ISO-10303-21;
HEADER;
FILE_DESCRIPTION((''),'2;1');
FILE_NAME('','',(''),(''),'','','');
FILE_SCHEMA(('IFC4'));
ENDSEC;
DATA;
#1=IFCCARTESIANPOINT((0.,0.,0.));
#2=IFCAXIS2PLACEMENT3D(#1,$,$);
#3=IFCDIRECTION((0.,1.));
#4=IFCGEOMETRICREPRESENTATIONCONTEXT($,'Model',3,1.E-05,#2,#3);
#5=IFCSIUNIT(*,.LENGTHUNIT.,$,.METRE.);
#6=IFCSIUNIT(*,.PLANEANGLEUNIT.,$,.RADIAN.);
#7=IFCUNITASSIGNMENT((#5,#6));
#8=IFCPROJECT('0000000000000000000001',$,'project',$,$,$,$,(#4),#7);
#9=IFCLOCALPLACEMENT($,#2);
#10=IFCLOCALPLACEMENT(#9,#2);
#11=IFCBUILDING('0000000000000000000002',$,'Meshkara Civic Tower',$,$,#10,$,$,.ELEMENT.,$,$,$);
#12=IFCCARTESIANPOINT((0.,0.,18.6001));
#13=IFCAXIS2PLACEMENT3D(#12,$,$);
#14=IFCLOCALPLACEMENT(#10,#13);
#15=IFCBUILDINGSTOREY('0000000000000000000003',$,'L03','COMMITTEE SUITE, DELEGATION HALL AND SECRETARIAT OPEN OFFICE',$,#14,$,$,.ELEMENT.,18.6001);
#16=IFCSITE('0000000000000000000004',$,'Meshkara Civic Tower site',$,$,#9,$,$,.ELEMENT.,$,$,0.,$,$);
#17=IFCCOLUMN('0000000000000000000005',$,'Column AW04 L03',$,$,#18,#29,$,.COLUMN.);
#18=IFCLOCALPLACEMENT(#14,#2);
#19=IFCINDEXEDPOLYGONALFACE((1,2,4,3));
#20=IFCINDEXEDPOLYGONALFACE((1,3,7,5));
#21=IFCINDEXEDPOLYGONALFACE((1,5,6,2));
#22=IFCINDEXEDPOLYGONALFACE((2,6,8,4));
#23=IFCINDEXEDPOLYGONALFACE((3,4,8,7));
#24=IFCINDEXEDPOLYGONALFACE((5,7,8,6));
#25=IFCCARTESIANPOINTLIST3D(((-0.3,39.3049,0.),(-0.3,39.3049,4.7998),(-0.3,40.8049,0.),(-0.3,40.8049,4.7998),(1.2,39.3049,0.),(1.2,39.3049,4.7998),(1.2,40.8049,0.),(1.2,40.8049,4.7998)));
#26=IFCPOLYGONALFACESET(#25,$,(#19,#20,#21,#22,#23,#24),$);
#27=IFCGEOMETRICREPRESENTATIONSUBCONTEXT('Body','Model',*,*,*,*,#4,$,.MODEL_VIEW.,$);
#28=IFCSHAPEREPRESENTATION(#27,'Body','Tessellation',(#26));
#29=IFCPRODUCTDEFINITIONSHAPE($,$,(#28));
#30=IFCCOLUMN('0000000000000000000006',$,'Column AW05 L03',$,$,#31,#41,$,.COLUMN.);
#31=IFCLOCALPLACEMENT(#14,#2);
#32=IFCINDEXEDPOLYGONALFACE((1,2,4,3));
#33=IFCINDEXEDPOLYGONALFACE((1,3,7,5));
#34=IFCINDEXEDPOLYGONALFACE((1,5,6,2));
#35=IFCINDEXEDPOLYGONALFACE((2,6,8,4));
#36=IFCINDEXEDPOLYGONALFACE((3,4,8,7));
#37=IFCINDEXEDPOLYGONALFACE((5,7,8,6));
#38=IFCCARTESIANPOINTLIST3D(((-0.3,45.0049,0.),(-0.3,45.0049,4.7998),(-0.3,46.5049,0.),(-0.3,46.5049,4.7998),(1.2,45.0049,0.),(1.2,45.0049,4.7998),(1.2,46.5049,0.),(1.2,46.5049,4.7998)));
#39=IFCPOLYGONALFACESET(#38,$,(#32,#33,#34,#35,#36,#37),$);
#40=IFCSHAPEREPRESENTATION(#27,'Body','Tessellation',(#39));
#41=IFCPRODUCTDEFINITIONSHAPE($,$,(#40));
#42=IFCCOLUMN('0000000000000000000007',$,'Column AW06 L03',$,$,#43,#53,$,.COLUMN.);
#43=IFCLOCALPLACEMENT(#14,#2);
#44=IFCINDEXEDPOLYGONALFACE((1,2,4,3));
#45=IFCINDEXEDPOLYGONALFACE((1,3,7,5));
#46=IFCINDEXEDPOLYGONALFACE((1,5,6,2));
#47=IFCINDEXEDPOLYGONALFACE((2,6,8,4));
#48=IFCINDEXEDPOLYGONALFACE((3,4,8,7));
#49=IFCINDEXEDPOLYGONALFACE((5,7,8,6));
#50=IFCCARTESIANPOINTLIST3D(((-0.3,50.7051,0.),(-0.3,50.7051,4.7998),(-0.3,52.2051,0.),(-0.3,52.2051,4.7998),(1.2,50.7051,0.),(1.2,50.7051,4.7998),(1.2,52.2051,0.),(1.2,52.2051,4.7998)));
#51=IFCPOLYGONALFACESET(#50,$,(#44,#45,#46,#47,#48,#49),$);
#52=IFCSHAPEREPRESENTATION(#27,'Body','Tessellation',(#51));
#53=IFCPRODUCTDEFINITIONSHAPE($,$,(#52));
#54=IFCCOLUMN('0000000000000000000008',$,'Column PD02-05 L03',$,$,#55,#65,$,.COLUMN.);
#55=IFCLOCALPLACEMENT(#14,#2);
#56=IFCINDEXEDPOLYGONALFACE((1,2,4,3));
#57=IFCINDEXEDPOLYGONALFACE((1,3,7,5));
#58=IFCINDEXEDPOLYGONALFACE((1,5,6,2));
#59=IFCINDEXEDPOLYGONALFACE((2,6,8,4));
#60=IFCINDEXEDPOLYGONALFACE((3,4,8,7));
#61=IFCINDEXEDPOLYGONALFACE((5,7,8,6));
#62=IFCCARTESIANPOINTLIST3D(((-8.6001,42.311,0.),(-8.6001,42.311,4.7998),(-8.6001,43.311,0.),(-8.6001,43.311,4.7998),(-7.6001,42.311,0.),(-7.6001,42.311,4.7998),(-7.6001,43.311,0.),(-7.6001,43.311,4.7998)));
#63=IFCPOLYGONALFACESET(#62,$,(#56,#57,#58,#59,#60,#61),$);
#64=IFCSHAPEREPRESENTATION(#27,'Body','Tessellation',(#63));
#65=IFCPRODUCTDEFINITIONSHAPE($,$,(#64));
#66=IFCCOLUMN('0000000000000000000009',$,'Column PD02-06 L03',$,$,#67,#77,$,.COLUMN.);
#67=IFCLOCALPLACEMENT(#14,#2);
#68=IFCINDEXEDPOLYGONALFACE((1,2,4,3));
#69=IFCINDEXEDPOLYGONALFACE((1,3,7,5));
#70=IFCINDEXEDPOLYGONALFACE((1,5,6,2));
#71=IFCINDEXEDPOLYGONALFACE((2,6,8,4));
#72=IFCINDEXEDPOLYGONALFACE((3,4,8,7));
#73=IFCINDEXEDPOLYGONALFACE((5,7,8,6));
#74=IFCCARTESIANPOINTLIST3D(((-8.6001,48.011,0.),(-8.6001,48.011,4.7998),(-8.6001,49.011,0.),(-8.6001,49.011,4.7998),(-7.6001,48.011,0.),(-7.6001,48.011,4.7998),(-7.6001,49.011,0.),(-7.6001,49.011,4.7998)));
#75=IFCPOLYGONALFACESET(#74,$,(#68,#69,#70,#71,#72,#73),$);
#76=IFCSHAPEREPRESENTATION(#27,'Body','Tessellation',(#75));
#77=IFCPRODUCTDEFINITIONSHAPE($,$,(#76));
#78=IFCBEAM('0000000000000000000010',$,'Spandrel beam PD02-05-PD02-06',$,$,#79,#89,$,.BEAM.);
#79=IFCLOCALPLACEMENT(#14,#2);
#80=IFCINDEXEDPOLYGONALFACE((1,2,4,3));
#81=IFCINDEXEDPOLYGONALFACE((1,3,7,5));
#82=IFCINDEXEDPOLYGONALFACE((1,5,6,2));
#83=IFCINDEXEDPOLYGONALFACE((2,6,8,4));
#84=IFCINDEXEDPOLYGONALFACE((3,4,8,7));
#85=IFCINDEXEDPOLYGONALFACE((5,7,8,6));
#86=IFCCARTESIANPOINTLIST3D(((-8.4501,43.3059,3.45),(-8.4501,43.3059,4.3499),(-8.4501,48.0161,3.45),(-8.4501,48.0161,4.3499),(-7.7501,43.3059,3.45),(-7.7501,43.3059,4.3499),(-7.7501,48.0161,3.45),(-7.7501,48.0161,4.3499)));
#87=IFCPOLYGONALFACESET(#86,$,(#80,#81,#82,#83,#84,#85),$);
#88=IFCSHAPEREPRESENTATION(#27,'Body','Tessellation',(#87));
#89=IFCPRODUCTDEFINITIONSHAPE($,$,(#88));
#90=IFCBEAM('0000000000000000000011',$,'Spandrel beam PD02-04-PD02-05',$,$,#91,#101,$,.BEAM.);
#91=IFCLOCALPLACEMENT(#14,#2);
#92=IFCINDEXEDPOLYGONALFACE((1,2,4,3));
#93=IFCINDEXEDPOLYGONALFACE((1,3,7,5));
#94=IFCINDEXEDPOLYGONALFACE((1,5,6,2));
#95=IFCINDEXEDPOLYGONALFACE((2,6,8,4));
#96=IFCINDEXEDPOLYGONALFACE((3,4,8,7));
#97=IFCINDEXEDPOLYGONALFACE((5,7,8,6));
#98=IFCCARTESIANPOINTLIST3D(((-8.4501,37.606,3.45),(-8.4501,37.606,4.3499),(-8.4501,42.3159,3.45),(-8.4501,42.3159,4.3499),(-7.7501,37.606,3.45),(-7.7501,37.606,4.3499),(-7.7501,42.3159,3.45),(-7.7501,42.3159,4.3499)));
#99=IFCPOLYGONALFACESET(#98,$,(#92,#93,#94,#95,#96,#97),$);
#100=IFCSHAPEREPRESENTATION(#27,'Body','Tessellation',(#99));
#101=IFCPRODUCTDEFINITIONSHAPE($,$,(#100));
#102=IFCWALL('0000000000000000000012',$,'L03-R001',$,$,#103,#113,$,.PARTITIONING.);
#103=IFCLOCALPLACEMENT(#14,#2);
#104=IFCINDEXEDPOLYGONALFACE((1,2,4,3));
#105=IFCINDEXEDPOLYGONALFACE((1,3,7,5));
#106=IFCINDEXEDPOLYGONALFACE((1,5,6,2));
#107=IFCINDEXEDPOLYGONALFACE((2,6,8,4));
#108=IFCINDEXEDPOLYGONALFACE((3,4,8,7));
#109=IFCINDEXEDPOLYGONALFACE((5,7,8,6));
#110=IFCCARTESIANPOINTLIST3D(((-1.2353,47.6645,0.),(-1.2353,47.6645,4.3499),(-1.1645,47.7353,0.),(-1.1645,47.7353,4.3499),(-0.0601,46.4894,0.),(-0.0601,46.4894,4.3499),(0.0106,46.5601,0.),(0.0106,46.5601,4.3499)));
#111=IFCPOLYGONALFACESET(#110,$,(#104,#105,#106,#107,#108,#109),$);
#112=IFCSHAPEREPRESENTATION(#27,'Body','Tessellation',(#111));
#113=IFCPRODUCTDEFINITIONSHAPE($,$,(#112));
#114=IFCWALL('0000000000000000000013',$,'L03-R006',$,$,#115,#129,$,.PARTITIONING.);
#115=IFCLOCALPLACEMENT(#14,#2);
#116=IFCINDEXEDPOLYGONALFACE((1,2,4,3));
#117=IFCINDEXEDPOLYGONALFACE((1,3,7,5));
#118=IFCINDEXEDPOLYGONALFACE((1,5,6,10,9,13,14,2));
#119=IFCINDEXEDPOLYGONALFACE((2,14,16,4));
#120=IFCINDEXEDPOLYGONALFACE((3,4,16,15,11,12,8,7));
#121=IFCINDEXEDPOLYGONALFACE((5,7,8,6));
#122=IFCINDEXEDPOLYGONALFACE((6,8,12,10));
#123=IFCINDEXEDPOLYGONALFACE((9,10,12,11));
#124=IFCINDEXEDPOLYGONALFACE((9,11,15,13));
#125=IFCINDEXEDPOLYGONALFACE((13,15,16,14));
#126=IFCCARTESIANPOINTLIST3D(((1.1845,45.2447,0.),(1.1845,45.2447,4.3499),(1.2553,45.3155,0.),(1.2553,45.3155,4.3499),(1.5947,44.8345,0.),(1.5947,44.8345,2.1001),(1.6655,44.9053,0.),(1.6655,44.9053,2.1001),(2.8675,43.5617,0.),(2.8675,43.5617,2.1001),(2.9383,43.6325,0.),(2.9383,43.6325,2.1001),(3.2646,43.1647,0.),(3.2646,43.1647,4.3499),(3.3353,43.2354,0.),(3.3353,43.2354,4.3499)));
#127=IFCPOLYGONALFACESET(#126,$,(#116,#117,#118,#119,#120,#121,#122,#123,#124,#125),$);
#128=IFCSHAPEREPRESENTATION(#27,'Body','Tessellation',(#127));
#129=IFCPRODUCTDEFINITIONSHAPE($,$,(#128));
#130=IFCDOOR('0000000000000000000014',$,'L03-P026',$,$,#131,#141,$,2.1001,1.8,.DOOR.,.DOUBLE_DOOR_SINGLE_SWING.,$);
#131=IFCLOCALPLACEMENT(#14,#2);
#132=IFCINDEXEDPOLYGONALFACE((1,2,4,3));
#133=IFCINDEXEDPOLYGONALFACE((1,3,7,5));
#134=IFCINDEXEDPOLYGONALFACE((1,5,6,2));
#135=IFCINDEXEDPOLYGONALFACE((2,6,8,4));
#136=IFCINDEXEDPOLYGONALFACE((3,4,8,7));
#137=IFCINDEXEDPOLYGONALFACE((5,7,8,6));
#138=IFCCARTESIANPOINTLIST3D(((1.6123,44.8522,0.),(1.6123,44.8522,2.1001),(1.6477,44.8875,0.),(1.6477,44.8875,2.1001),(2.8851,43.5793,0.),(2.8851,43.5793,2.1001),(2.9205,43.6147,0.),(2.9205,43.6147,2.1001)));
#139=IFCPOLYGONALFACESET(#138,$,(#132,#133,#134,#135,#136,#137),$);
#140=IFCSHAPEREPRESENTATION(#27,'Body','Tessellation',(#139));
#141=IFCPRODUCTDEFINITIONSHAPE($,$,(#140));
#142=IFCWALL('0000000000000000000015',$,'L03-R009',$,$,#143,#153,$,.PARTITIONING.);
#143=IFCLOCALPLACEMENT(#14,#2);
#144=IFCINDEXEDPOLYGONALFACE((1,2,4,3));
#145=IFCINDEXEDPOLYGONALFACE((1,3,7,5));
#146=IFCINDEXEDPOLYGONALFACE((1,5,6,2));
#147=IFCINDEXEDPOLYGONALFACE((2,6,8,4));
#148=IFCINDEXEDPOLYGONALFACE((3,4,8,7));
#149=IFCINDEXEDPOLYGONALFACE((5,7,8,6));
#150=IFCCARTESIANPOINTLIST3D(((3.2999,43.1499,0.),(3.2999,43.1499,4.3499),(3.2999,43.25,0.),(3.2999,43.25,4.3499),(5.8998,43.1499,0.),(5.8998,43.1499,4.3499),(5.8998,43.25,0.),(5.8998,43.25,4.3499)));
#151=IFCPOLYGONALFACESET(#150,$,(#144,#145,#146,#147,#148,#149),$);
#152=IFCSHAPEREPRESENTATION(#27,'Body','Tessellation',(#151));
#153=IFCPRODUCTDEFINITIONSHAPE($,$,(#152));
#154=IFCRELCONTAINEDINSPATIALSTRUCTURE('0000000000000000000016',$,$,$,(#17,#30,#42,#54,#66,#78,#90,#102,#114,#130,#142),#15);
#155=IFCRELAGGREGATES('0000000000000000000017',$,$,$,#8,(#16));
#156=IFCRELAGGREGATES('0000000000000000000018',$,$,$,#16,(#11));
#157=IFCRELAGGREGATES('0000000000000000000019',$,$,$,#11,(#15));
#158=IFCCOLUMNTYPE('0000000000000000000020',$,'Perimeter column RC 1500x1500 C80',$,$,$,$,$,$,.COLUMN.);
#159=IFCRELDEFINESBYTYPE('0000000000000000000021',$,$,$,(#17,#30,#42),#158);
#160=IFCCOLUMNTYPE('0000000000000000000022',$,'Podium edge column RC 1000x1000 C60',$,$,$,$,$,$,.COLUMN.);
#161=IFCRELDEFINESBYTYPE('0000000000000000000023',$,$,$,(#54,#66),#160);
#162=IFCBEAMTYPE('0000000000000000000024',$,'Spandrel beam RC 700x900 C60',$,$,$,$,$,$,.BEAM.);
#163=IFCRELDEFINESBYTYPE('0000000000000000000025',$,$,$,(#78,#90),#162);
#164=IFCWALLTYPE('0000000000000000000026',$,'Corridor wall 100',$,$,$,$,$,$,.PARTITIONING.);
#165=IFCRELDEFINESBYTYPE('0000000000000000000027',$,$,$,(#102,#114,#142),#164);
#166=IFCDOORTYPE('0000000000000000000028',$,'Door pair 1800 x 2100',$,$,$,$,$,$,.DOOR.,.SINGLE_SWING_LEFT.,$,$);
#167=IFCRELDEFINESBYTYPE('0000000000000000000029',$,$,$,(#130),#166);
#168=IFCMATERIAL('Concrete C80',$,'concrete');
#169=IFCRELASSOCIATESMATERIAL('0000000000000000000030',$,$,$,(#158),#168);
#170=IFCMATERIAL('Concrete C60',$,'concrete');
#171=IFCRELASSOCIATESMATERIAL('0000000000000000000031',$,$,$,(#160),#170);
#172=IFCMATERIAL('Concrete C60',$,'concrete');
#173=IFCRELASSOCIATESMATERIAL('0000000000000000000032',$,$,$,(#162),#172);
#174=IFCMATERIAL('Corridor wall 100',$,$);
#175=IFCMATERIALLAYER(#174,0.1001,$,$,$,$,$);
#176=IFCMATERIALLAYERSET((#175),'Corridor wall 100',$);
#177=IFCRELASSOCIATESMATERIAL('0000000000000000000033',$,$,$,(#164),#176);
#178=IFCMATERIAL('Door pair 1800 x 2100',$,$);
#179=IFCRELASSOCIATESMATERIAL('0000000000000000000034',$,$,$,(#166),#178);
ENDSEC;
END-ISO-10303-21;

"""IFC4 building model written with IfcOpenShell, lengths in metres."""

from ifc_helpers import new_model, si_unit, direction, frame, frame_2d, origin, origin_2d, place, context, subcontext, project, spatial, rectangle, extrude, material, layer, layer_set, material_profile, profile_set, type_object, element, fill, save


model = new_model("IFC4")

# Units and contexts
model_context = context("Model", 3, precision=1e-05, world=origin(), true_north=direction((0.0, 1.0)))
body_context = subcontext(model_context, "Body", "Model", "MODEL_VIEW")
ifc_project = project(units=[si_unit("LENGTHUNIT", "METRE"), si_unit("PLANEANGLEUNIT", "RADIAN")], contexts=[model_context])

# Site, building, storey
site_placement = place(None, origin())
site = spatial("IfcSite", under=ifc_project, at=site_placement, Name="Meshkara Civic Tower site", CompositionType="ELEMENT", RefElevation=0.0)
building_placement = place(site_placement, origin())
building = spatial("IfcBuilding", under=site, at=building_placement, Name="Meshkara Civic Tower", CompositionType="ELEMENT")
storey_placement = place(building_placement, frame((0.0, 0.0, 18.6001)))
storey = spatial("IfcBuildingStorey", under=building, at=storey_placement, Name="L03", Description="COMMITTEE SUITE, DELEGATION HALL AND SECRETARIAT OPEN OFFICE", CompositionType="ELEMENT", Elevation=18.6001)

# Columns
ifc_material_1 = material(Name="Concrete C80", Category="concrete")
ifc_material_profile_1 = material_profile(ifc_material_1, rectangle(XDim=1.5, YDim=1.5, at=origin_2d()))
ifc_profile_set_1 = profile_set([ifc_material_profile_1], Name="Concrete C80")
column_type_1 = type_object("IfcColumnType", Name="Perimeter column RC 1500x1500 C80", PredefinedType="COLUMN", material=ifc_profile_set_1)
for number, where, z_axis, x_axis, name in (
    (1, (0.45, 40.0549, 0.0), (0.0, 0.0, 1.0), (1.0, 0.0, 0.0), "Column AW04 L03"),
    (2, (0.45, 45.7549, 0.0), (0.0, 0.0, 1.0), (1.0, 0.0, 0.0), "Column AW05 L03"),
    (3, (0.45, 51.4551, 0.0), (0.0, 0.0, 1.0), (1.0, 0.0, 0.0), "Column AW06 L03"),
):
    element("IfcColumn", number, at=place(storey_placement, frame(where, z_axis=z_axis, x_axis=x_axis)), inside=storey, type_object=column_type_1, Name=name, PredefinedType="COLUMN", context=body_context, shape_type="SweptSolid", body=[
        extrude(rectangle(XDim=1.5, YDim=1.5, at=origin_2d()), origin(), (0.0, 0.0, 1.0), 4.7998),
    ])
ifc_material_2 = material(Name="Concrete C60", Category="concrete")
ifc_material_profile_2 = material_profile(ifc_material_2, rectangle(XDim=1.0, YDim=1.0, at=origin_2d()))
ifc_profile_set_2 = profile_set([ifc_material_profile_2], Name="Concrete C60")
column_type_2 = type_object("IfcColumnType", Name="Podium edge column RC 1000x1000 C60", PredefinedType="COLUMN", material=ifc_profile_set_2)
for number, where, z_axis, x_axis, name in (
    (4, (-8.1001, 42.811, 0.0), (0.0, 0.0, 1.0), (1.0, 0.0, 0.0), "Column PD02-05 L03"),
    (5, (-8.1001, 48.511, 0.0), (0.0, 0.0, 1.0), (1.0, 0.0, 0.0), "Column PD02-06 L03"),
):
    element("IfcColumn", number, at=place(storey_placement, frame(where, z_axis=z_axis, x_axis=x_axis)), inside=storey, type_object=column_type_2, Name=name, PredefinedType="COLUMN", context=body_context, shape_type="SweptSolid", body=[
        extrude(rectangle(XDim=1.0, YDim=1.0, at=origin_2d()), origin(), (0.0, 0.0, 1.0), 4.7998),
    ])

# Beams
ifc_material_3 = material(Name="Concrete C60", Category="concrete")
ifc_material_profile_3 = material_profile(ifc_material_3, rectangle(XDim=0.7, YDim=0.8999, at=origin_2d()))
ifc_profile_set_3 = profile_set([ifc_material_profile_3], Name="Concrete C60")
beam_type = type_object("IfcBeamType", Name="Spandrel beam RC 700x900 C60", PredefinedType="BEAM", material=ifc_profile_set_3)
beam_1_placement = place(storey_placement, frame((-8.1001, 48.0161, 3.8999), z_axis=(0.0, -1.0, 0.0), x_axis=(1.0, 0.0, 0.0)))
element("IfcBeam", 6, at=beam_1_placement, inside=storey, type_object=beam_type, Name="Spandrel beam PD02-05-PD02-06", PredefinedType="BEAM", context=body_context, shape_type="SweptSolid", body=[
    extrude(rectangle(XDim=0.7, YDim=0.8999, at=origin_2d()), origin(), (0.0, 0.0, 1.0), 4.7102),
])
beam_2_placement = place(storey_placement, frame((-8.1001, 42.3159, 3.8999), z_axis=(0.0, -1.0, 0.0), x_axis=(1.0, 0.0, 0.0)))
element("IfcBeam", 7, at=beam_2_placement, inside=storey, type_object=beam_type, Name="Spandrel beam PD02-04-PD02-05", PredefinedType="BEAM", context=body_context, shape_type="SweptSolid", body=[
    extrude(rectangle(XDim=0.7, YDim=0.8999, at=origin_2d()), origin(), (0.0, 0.0, 1.0), 4.71),
])

# Wall
ifc_material_4 = material(Name="Corridor wall 100")
ifc_layer_1 = layer(ifc_material_4, 0.1001)
ifc_layer_set_1 = layer_set([ifc_layer_1], Name="Corridor wall 100")
wall_type_1 = type_object("IfcWallType", Name="Corridor wall 100", PredefinedType="PARTITIONING", material=ifc_layer_set_1)
wall_1_placement = place(storey_placement, frame((-1.2, 47.7, 0.0), z_axis=(0.0, 0.0, 1.0), x_axis=(0.707107, -0.707107, 0.0)))
element("IfcWall", 8, at=wall_1_placement, inside=storey, type_object=wall_type_1, Name="L03-R001", PredefinedType="PARTITIONING", context=body_context, shape_type="SweptSolid", body=[
    extrude(rectangle(XDim=1.6619, YDim=0.1001, at=frame_2d((0.8311, 0.0))), origin(), (0.0, 0.0, 1.0), 4.3499),
])

# Wall, opening, door
wall_2_placement = place(storey_placement, frame((1.22, 45.28, 0.0), z_axis=(0.0, 0.0, 1.0), x_axis=(0.707107, -0.707107, 0.0)))
wall_2 = element("IfcWall", 9, at=wall_2_placement, inside=storey, type_object=wall_type_1, Name="L03-R006", PredefinedType="PARTITIONING", context=body_context, shape_type="SweptSolid", body=[
    extrude(rectangle(XDim=2.9417, YDim=0.1001, at=frame_2d((1.4707, 0.0))), origin(), (0.0, 0.0, 1.0), 4.3499),
])
opening_1_placement = place(wall_2_placement, frame((0.5801, 0.0, 0.0)))
opening_1 = element("IfcOpeningElement", 10, at=opening_1_placement, cuts=wall_2, PredefinedType="OPENING", context=body_context, shape_type="SweptSolid", body=[
    extrude(rectangle(XDim=1.8, YDim=2.1001, at=frame_2d((0.8999, 1.05))), frame((0.0, 0.0601, 0.0), z_axis=(0.0, -1.0, 0.0), x_axis=(1.0, 0.0, 0.0)), (0.0, 0.0, 1.0), 0.1201),
])
ifc_material_5 = material(Name="Door pair 1800 x 2100")
door_type = type_object("IfcDoorType", Name="Door pair 1800 x 2100", OperationType="SINGLE_SWING_LEFT", PredefinedType="DOOR", material=ifc_material_5)
door_1_placement = place(opening_1_placement, origin())
door_1 = element("IfcDoor", 11, at=door_1_placement, inside=storey, type_object=door_type, Name="L03-P026", OperationType="DOUBLE_DOOR_SINGLE_SWING", OverallHeight=2.1001, OverallWidth=1.8, PredefinedType="DOOR", context=body_context, shape_type="SweptSolid", body=[
    extrude(rectangle(XDim=1.8, YDim=2.1001, at=frame_2d((0.8999, 1.05))), frame((0.0, 0.0249, 0.0), z_axis=(0.0, -1.0, 0.0), x_axis=(1.0, 0.0, 0.0)), (0.0, 0.0, 1.0), 0.05),
])
fill(opening_1, door_1)

# Wall
wall_3_placement = place(storey_placement, frame((3.3, 43.2, 0.0), z_axis=(0.0, 0.0, 1.0), x_axis=(1.0, 0.0, 0.0)))
element("IfcWall", 12, at=wall_3_placement, inside=storey, type_object=wall_type_1, Name="L03-R009", PredefinedType="PARTITIONING", context=body_context, shape_type="SweptSolid", body=[
    extrude(rectangle(XDim=2.5999, YDim=0.1001, at=frame_2d((1.2998, 0.0))), origin(), (0.0, 0.0, 1.0), 4.3499),
])

save(model, "model.ifc")
